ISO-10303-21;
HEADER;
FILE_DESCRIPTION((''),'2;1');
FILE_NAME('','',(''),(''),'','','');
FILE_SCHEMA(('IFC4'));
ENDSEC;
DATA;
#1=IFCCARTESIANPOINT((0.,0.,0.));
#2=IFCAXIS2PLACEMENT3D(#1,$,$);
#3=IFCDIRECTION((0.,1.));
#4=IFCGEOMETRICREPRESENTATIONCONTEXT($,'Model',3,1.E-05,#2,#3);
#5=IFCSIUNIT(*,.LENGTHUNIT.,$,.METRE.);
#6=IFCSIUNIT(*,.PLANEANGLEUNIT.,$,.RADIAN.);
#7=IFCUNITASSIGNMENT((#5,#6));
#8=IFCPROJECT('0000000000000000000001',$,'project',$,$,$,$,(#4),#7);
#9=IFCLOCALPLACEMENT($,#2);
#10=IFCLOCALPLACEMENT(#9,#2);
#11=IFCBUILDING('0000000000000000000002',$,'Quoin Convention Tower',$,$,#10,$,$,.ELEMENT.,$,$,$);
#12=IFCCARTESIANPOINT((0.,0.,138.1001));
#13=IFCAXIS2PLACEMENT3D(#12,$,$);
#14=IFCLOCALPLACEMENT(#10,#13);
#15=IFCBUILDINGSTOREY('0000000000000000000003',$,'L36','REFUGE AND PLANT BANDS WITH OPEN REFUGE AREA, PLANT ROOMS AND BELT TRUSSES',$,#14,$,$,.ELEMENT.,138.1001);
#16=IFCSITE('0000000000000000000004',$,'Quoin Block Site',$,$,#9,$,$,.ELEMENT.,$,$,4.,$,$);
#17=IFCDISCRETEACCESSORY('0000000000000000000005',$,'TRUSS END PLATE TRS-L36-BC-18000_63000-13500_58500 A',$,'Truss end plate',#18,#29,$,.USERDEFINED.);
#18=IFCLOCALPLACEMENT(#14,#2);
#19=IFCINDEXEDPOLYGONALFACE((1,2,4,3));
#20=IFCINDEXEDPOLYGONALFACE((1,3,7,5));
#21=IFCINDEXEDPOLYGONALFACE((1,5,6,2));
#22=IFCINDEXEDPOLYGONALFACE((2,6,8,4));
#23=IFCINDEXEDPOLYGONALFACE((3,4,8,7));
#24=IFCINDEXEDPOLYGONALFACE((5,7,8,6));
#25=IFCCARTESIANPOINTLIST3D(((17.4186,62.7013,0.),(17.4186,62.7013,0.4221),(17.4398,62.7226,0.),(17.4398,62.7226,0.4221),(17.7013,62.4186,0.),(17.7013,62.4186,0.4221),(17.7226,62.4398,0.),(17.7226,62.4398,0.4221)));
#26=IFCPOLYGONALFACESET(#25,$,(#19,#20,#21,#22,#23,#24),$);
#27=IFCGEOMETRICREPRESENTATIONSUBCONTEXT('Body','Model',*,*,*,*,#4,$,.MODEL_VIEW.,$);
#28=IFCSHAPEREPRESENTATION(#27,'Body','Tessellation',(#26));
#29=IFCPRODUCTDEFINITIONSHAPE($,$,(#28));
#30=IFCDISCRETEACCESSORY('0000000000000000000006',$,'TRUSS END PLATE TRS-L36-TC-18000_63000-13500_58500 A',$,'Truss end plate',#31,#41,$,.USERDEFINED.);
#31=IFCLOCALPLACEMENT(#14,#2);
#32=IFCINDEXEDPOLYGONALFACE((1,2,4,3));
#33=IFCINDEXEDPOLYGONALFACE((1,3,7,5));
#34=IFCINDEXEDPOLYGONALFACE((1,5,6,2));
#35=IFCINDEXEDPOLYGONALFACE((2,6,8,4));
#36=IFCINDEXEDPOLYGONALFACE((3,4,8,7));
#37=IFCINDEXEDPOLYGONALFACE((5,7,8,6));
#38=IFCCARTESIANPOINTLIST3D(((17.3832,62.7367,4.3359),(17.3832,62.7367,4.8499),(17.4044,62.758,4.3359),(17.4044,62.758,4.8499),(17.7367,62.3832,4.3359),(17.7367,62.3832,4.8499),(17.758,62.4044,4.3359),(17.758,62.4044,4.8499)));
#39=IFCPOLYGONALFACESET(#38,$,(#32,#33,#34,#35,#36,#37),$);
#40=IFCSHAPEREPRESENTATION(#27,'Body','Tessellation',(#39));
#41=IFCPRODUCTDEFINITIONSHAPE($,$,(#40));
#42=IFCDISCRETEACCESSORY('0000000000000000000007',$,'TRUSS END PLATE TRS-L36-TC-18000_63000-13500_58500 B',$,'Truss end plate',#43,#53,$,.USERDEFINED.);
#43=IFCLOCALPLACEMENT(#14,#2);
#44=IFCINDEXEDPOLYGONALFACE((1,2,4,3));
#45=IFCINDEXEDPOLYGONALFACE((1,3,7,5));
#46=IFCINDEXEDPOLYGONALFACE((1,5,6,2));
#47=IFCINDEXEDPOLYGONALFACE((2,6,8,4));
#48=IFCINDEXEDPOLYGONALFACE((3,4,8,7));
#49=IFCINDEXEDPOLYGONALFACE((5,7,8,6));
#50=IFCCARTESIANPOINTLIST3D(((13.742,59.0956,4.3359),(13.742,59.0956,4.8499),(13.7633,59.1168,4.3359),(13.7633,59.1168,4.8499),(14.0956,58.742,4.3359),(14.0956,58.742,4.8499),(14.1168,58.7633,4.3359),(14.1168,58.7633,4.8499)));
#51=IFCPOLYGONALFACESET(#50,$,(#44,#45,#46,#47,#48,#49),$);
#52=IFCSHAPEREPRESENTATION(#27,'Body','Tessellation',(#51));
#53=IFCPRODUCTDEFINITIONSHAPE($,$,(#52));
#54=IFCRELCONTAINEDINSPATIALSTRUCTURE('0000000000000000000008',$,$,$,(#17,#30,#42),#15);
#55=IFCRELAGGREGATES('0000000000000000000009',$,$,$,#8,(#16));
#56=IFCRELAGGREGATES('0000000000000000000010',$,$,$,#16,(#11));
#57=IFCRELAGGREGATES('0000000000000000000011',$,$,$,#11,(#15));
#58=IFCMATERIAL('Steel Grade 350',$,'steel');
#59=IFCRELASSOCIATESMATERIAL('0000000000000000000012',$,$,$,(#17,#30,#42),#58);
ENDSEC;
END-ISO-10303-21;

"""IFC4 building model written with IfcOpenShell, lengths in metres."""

from ifc_helpers import new_model, si_unit, direction, frame, origin, origin_2d, place, context, subcontext, project, spatial, rectangle, extrude, material, element, save


model = new_model("IFC4")

# Units and contexts
model_context = context("Model", 3, precision=1e-05, world=origin(), true_north=direction((0.0, 1.0)))
body_context = subcontext(model_context, "Body", "Model", "MODEL_VIEW")
ifc_project = project(units=[si_unit("LENGTHUNIT", "METRE"), si_unit("PLANEANGLEUNIT", "RADIAN")], contexts=[model_context])

# Site, building, storey
site_placement = place(None, origin())
site = spatial("IfcSite", under=ifc_project, at=site_placement, Name="Quoin Block Site", CompositionType="ELEMENT", RefElevation=4.0)
building_placement = place(site_placement, origin())
building = spatial("IfcBuilding", under=site, at=building_placement, Name="Quoin Convention Tower", CompositionType="ELEMENT")
storey_placement = place(building_placement, frame((0.0, 0.0, 138.1001)))
storey = spatial("IfcBuildingStorey", under=building, at=storey_placement, Name="L36", Description="REFUGE AND PLANT BANDS WITH OPEN REFUGE AREA, PLANT ROOMS AND BELT TRUSSES", CompositionType="ELEMENT", Elevation=138.1001)

# Discrete accessories
ifc_material_1 = material(Name="Steel Grade 350", Category="steel")
discrete_accessory_placement = place(storey_placement, frame((17.5706, 62.5706, 0.0), z_axis=(0.0, 0.0, 1.0), x_axis=(0.707107, 0.707107, 0.0)))
element("IfcDiscreteAccessory", 1, at=discrete_accessory_placement, inside=storey, material=ifc_material_1, Name="TRUSS END PLATE TRS-L36-BC-18000_63000-13500_58500 A", ObjectType="Truss end plate", PredefinedType="USERDEFINED", context=body_context, shape_type="SweptSolid", body=[
    extrude(rectangle(XDim=0.03, YDim=0.3999, at=origin_2d()), origin(), (0.0, 0.0, 1.0), 0.4221),
])
for number, where, z_axis, x_axis, name in (
    (2, (17.5706, 62.5706, 4.3359), (0.0, 0.0, 1.0), (0.707107, 0.707107, 0.0), "TRUSS END PLATE TRS-L36-TC-18000_63000-13500_58500 A"),
    (3, (13.9294, 58.9294, 4.3359), (0.0, 0.0, 1.0), (-0.707107, -0.707107, 0.0), "TRUSS END PLATE TRS-L36-TC-18000_63000-13500_58500 B"),
):
    element("IfcDiscreteAccessory", number, at=place(storey_placement, frame(where, z_axis=z_axis, x_axis=x_axis)), inside=storey, material=ifc_material_1, Name=name, ObjectType="Truss end plate", PredefinedType="USERDEFINED", context=body_context, shape_type="SweptSolid", body=[
        extrude(rectangle(XDim=0.03, YDim=0.5, at=origin_2d()), origin(), (0.0, 0.0, 1.0), 0.5139),
    ])

save(model, "model.ifc")
